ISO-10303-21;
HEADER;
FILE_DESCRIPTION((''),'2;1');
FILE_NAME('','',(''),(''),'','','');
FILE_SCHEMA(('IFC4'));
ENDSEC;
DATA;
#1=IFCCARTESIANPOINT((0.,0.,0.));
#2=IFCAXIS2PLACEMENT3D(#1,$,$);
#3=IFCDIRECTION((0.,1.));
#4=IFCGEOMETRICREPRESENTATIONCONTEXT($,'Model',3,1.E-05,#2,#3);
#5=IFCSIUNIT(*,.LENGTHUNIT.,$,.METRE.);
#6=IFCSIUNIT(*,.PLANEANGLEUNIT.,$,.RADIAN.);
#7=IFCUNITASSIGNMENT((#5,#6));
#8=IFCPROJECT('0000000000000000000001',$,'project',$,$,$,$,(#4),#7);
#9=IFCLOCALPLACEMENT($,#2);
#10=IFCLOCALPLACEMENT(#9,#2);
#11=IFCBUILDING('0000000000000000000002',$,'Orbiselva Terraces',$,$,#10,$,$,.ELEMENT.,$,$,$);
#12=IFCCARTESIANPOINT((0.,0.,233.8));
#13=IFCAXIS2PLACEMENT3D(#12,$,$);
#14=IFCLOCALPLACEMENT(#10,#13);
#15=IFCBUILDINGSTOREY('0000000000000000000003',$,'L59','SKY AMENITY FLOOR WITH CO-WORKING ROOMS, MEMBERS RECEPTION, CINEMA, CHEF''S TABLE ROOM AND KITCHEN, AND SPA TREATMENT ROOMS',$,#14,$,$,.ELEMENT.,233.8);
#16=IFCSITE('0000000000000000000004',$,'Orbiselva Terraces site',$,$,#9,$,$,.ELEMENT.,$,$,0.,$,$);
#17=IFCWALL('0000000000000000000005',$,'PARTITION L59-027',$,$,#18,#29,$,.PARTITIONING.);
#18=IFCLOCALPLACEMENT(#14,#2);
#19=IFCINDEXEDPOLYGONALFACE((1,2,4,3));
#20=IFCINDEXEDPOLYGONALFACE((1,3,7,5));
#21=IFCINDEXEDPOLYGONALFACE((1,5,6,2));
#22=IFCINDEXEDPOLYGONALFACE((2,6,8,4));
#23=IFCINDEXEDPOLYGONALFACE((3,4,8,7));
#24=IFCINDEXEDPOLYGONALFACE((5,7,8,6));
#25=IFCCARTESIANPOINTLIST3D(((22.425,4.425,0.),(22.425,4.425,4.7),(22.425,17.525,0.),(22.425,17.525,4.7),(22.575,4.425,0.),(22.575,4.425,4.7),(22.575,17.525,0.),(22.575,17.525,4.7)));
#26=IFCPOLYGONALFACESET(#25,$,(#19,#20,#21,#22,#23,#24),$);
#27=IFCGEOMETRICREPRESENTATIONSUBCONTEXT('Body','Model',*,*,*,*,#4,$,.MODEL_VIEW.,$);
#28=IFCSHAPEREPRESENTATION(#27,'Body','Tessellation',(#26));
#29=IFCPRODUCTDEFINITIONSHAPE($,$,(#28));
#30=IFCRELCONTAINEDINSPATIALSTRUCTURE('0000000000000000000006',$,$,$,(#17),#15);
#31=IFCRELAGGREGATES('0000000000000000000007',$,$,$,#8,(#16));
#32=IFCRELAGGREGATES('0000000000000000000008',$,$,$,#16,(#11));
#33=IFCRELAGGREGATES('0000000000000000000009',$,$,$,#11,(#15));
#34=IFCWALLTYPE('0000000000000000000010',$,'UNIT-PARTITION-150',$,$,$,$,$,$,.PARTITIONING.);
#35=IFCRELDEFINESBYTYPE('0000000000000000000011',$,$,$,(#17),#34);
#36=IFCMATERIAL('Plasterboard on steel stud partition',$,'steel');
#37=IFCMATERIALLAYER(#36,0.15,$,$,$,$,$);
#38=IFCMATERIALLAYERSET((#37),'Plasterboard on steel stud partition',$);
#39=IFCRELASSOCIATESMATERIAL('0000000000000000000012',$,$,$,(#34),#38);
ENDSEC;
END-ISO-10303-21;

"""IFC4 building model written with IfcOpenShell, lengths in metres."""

from ifc_helpers import new_model, si_unit, direction, frame, frame_2d, origin, place, context, subcontext, project, spatial, rectangle, extrude, material, layer, layer_set, type_object, element, save


model = new_model("IFC4")

# Units and contexts
model_context = context("Model", 3, precision=1e-05, world=origin(), true_north=direction((0.0, 1.0)))
body_context = subcontext(model_context, "Body", "Model", "MODEL_VIEW")
ifc_project = project(units=[si_unit("LENGTHUNIT", "METRE"), si_unit("PLANEANGLEUNIT", "RADIAN")], contexts=[model_context])

# Site, building, storey
site_placement = place(None, origin())
site = spatial("IfcSite", under=ifc_project, at=site_placement, Name="Orbiselva Terraces site", CompositionType="ELEMENT", RefElevation=0.0)
building_placement = place(site_placement, origin())
building = spatial("IfcBuilding", under=site, at=building_placement, Name="Orbiselva Terraces", CompositionType="ELEMENT")
storey_placement = place(building_placement, frame((0.0, 0.0, 233.8)))
storey = spatial("IfcBuildingStorey", under=building, at=storey_placement, Name="L59", Description="SKY AMENITY FLOOR WITH CO-WORKING ROOMS, MEMBERS RECEPTION, CINEMA, CHEF'S TABLE ROOM AND KITCHEN, AND SPA TREATMENT ROOMS", CompositionType="ELEMENT", Elevation=233.8)

# Shared definitions
ifc_material_1 = material(Name="Plasterboard on steel stud partition", Category="steel")

# Wall
ifc_layer_1 = layer(ifc_material_1, 0.15)
ifc_layer_set_1 = layer_set([ifc_layer_1], Name="Plasterboard on steel stud partition")
wall_type_1 = type_object("IfcWallType", Name="UNIT-PARTITION-150", PredefinedType="PARTITIONING", material=ifc_layer_set_1)
wall_1_placement = place(storey_placement, frame((22.5, 4.425, 0.0), z_axis=(0.0, 0.0, 1.0), x_axis=(0.0, 1.0, 0.0)))
element("IfcWall", 1, at=wall_1_placement, inside=storey, type_object=wall_type_1, Name="PARTITION L59-027", PredefinedType="PARTITIONING", context=body_context, shape_type="SweptSolid", body=[
    extrude(rectangle(XDim=13.1, YDim=0.15, at=frame_2d((6.55, 0.0))), origin(), (0.0, 0.0, 1.0), 4.7),
])

save(model, "model.ifc")
